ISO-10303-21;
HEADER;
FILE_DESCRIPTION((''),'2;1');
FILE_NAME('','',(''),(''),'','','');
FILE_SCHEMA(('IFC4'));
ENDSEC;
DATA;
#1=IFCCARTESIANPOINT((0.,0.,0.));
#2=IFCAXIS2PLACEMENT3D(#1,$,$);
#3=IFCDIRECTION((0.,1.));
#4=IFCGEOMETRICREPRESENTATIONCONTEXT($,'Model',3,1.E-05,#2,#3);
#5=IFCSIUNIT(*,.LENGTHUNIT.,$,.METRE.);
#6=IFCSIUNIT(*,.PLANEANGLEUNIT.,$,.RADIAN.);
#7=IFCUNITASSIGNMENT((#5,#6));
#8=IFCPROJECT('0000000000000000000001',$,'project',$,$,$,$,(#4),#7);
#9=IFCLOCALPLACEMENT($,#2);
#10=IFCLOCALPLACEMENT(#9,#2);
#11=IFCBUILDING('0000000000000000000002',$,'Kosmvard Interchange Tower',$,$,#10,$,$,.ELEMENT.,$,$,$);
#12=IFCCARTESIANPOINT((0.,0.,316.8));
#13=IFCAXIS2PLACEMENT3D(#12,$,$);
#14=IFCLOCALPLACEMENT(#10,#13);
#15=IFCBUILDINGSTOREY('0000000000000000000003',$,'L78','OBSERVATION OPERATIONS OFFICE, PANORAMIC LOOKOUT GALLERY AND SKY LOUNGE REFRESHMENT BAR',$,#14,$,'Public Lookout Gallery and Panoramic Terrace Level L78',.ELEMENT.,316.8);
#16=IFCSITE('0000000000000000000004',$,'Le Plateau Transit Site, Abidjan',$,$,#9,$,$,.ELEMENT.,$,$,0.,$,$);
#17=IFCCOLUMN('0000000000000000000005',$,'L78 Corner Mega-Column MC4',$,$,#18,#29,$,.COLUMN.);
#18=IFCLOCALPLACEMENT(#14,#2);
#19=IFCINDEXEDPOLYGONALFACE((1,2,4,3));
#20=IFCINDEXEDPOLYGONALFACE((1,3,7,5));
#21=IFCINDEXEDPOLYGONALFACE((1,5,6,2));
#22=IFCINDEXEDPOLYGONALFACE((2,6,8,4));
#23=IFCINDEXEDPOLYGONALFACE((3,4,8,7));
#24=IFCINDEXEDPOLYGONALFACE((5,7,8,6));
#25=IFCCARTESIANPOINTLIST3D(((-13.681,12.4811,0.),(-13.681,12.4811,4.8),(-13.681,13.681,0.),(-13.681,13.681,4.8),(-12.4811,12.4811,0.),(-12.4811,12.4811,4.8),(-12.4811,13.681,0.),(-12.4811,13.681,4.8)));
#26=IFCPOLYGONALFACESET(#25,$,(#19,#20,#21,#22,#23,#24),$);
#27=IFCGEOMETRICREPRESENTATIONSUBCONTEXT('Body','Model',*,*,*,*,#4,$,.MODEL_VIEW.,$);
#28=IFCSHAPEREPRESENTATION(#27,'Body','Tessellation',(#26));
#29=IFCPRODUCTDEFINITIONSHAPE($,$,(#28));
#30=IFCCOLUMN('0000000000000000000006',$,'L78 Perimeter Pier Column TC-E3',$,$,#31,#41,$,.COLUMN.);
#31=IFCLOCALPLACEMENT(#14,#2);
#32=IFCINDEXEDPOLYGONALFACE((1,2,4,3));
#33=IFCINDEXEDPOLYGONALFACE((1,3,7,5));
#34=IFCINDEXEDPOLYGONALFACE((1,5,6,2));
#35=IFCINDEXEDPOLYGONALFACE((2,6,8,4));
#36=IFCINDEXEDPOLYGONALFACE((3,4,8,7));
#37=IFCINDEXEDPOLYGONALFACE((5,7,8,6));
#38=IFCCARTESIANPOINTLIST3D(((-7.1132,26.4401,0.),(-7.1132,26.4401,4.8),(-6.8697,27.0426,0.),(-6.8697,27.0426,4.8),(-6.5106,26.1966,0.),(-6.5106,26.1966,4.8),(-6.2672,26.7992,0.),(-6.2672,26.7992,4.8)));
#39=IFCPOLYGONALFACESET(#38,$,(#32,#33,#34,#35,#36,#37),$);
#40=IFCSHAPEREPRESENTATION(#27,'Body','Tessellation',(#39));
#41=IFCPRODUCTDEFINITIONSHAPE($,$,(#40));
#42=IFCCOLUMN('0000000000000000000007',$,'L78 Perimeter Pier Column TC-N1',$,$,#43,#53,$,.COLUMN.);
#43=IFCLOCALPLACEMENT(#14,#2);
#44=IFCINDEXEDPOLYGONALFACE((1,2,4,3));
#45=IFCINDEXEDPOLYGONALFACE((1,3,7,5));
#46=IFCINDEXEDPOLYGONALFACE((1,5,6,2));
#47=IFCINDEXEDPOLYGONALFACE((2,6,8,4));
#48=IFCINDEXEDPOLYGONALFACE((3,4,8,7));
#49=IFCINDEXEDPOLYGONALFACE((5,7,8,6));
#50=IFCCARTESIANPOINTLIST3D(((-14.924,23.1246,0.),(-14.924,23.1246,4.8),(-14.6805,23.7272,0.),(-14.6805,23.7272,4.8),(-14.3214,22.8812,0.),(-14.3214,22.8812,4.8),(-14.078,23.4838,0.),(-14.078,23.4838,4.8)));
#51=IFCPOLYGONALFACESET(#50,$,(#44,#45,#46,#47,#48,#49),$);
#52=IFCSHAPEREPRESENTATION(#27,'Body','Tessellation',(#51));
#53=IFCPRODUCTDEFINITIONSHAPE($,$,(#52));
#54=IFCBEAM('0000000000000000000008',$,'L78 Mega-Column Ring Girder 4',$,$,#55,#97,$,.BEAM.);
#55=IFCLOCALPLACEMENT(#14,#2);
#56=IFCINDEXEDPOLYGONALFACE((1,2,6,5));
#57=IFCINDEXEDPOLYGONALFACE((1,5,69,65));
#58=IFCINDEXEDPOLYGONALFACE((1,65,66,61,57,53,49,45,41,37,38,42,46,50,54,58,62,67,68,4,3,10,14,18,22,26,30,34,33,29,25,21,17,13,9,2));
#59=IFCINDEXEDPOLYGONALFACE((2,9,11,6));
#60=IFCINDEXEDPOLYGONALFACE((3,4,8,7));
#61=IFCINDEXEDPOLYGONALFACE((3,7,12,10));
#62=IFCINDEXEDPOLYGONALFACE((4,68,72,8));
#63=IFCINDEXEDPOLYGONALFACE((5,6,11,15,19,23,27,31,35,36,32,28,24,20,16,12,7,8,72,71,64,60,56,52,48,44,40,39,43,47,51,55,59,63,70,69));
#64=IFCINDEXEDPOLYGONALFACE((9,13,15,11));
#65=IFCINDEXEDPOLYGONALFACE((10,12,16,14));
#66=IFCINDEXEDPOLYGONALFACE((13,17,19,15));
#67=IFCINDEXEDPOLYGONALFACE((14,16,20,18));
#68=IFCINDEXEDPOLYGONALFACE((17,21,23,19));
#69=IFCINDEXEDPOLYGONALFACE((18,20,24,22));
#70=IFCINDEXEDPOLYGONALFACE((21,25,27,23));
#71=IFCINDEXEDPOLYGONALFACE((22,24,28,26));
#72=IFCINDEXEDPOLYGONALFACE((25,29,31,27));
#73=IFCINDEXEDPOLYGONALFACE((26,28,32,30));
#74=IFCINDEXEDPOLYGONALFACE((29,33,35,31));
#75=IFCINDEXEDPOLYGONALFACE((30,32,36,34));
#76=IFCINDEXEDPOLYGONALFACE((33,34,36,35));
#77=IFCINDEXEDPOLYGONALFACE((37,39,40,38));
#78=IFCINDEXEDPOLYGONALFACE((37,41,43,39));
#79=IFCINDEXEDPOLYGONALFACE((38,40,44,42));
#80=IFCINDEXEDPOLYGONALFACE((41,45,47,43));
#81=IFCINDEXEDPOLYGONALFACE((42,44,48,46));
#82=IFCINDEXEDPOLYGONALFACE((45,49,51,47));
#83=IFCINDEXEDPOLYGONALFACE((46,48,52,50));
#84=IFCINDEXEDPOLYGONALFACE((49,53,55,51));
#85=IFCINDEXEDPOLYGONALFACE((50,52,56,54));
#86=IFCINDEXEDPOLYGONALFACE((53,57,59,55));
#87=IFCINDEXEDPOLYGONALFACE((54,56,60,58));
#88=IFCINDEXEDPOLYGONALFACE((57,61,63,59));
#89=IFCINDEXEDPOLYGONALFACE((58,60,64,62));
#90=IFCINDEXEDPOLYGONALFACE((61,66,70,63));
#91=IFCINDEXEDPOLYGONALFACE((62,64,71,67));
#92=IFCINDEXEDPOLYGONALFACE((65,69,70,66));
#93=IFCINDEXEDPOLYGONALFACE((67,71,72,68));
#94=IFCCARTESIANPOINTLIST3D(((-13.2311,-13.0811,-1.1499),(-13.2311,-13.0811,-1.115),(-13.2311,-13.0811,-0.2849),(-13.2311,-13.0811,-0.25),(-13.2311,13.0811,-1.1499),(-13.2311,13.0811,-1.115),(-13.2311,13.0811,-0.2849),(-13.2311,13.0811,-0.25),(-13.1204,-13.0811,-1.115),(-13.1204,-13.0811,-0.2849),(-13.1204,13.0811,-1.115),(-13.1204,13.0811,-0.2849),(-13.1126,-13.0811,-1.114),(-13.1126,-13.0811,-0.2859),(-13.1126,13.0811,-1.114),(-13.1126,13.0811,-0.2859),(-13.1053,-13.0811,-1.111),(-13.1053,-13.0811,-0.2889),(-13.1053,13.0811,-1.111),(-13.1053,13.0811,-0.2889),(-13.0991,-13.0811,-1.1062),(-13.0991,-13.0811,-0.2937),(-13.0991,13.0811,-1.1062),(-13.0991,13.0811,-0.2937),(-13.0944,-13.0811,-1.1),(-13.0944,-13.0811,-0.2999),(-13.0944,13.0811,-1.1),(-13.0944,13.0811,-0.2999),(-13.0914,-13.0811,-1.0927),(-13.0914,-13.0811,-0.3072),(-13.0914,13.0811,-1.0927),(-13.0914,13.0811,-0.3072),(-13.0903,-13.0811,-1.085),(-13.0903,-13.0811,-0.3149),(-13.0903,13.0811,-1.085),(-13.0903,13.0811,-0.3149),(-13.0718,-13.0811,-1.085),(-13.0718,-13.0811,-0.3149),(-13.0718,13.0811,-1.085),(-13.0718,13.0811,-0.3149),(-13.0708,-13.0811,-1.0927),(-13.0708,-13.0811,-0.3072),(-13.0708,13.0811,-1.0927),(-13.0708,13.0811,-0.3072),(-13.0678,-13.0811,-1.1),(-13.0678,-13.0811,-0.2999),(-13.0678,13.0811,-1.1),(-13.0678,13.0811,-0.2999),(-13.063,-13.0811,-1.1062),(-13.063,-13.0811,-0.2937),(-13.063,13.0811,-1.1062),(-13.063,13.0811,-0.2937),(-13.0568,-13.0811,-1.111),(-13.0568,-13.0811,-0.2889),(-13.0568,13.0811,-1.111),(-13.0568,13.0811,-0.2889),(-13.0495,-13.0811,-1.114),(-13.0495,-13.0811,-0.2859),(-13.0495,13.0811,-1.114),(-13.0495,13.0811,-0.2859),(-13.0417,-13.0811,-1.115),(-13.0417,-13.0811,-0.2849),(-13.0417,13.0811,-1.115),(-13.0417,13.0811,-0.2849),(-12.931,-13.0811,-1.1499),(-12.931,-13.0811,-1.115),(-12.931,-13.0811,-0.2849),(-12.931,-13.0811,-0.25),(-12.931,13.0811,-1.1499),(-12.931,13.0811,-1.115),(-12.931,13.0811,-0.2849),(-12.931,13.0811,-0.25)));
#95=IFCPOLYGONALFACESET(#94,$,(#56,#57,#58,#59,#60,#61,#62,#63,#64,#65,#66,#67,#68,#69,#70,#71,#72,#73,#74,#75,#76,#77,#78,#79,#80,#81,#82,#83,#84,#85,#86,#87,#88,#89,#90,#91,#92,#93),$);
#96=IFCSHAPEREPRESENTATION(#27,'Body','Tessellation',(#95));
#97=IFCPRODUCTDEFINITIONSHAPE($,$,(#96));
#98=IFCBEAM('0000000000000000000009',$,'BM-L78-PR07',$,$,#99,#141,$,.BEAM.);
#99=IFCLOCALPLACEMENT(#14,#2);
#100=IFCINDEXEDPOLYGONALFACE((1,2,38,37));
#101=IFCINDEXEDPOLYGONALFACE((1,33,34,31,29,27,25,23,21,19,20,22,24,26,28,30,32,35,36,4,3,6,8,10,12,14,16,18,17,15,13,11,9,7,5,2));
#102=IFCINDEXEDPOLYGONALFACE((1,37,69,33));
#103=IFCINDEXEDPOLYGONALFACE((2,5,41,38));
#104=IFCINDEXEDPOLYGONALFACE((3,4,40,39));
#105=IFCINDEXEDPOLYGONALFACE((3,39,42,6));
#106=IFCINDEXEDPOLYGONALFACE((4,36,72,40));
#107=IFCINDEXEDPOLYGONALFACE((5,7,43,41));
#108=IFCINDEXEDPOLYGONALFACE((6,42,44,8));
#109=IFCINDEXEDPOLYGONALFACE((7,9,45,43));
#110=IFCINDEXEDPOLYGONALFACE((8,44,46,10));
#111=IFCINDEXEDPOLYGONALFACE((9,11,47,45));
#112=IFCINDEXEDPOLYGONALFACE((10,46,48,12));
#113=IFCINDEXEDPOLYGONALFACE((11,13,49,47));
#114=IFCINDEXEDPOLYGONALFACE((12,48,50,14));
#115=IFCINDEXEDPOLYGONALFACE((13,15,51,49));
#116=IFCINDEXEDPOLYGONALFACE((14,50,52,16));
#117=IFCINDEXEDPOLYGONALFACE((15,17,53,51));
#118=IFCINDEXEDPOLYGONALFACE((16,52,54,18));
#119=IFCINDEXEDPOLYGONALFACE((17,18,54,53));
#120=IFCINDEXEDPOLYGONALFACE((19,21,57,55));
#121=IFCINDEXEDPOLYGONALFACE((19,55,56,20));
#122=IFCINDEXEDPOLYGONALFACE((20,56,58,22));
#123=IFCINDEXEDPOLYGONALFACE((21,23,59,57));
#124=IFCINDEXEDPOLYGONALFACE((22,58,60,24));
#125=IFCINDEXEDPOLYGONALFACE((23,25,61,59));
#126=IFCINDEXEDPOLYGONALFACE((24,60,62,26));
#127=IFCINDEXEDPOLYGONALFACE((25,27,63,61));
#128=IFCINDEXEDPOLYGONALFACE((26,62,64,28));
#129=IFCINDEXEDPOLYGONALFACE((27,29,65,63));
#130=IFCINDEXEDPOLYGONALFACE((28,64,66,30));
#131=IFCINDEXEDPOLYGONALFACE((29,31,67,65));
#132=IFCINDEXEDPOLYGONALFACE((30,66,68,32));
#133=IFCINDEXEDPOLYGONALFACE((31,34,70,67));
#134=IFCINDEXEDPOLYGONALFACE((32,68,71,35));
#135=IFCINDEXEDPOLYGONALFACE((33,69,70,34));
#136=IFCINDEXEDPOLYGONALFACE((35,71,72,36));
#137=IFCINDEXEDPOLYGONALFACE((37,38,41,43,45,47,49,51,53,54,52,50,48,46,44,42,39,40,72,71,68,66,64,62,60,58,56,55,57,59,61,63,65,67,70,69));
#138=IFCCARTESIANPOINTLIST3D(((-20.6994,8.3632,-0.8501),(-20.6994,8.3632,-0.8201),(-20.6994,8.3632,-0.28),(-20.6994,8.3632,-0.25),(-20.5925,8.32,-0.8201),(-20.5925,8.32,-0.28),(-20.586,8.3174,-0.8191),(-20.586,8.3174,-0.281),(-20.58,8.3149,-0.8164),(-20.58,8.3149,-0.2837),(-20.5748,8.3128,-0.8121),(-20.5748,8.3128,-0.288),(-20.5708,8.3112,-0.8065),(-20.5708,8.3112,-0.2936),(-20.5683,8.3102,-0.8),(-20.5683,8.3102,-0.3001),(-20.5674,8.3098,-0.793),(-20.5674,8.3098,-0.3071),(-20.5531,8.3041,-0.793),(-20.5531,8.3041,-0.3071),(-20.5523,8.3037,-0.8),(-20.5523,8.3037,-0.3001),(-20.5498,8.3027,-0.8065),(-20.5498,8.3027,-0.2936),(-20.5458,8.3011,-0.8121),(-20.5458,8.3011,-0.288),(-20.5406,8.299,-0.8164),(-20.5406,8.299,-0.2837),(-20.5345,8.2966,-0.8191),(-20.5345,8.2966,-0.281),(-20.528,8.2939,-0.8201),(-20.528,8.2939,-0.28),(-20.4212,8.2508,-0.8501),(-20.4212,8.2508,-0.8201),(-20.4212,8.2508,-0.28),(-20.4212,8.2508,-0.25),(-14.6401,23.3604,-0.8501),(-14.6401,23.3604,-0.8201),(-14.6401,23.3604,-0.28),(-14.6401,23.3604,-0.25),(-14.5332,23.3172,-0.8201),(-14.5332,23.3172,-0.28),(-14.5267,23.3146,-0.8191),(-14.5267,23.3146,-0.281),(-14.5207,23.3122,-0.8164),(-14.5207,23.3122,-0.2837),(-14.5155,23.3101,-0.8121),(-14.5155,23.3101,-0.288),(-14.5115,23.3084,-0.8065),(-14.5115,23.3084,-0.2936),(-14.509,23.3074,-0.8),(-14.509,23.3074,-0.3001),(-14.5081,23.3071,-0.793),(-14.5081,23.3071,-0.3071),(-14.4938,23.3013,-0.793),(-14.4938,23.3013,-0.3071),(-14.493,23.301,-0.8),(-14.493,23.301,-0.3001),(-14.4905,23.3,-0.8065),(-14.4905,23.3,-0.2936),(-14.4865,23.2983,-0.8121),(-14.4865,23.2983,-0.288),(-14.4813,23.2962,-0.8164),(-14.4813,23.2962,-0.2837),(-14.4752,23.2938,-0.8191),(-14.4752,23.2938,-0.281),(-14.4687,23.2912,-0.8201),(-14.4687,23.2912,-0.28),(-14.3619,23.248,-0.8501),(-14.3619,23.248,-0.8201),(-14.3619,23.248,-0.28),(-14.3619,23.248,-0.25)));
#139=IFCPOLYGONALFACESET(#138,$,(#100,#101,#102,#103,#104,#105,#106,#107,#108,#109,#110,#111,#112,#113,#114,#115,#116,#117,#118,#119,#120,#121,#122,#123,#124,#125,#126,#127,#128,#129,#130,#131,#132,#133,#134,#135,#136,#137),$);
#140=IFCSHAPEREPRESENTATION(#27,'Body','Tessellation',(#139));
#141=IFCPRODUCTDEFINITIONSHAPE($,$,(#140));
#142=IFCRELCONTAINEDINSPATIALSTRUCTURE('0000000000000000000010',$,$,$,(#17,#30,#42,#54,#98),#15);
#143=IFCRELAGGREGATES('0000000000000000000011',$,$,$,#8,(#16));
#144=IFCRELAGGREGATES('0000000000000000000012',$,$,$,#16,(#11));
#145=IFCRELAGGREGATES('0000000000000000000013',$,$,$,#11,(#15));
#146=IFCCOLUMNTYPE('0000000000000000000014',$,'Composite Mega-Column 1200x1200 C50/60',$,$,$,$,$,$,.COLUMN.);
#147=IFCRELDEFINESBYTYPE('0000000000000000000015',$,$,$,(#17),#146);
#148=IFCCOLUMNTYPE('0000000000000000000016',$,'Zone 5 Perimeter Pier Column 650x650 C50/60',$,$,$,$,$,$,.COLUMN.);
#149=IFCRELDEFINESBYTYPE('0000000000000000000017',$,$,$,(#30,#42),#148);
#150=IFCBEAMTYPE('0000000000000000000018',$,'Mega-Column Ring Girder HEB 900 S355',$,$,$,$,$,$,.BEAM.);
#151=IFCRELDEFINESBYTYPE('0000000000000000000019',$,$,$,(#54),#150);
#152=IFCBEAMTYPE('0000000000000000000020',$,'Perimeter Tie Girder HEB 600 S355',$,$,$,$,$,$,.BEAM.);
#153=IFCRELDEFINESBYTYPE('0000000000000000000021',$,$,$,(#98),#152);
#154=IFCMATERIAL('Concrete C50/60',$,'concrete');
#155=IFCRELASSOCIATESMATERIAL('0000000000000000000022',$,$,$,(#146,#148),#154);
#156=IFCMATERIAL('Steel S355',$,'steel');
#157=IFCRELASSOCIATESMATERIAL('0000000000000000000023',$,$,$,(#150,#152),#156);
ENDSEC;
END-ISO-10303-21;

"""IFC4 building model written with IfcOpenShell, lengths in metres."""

from ifc_helpers import new_model, si_unit, direction, frame, origin, origin_2d, place, context, subcontext, project, spatial, rectangle, i_section, extrude, source, transform, mapped, material, material_profile, profile_set, type_object, element, save


model = new_model("IFC4")

# Units and contexts
model_context = context("Model", 3, precision=1e-05, world=origin(), true_north=direction((0.0, 1.0)))
body_context = subcontext(model_context, "Body", "Model", "MODEL_VIEW")
ifc_project = project(units=[si_unit("LENGTHUNIT", "METRE"), si_unit("PLANEANGLEUNIT", "RADIAN")], contexts=[model_context])

# Site, building, storey
site_placement = place(None, origin())
site = spatial("IfcSite", under=ifc_project, at=site_placement, Name="Le Plateau Transit Site, Abidjan", CompositionType="ELEMENT", RefElevation=0.0)
building_placement = place(site_placement, origin())
building = spatial("IfcBuilding", under=site, at=building_placement, Name="Kosmvard Interchange Tower", CompositionType="ELEMENT")
storey_placement = place(building_placement, frame((0.0, 0.0, 316.8)))
storey = spatial("IfcBuildingStorey", under=building, at=storey_placement, Name="L78", Description="OBSERVATION OPERATIONS OFFICE, PANORAMIC LOOKOUT GALLERY AND SKY LOUNGE REFRESHMENT BAR", LongName="Public Lookout Gallery and Panoramic Terrace Level L78", CompositionType="ELEMENT", Elevation=316.8)

# Columns
ifc_material_1 = material(Name="Concrete C50/60", Category="concrete")
ifc_material_profile_1 = material_profile(ifc_material_1, rectangle(XDim=1.2, YDim=1.2, at=origin_2d()), Name="MC 1200x1200")
ifc_profile_set_1 = profile_set([ifc_material_profile_1], Name="Concrete C50/60")
column_type_1 = type_object("IfcColumnType", Name="Composite Mega-Column 1200x1200 C50/60", PredefinedType="COLUMN", material=ifc_profile_set_1)
shared_shape_1 = source(origin(), body_context, "Body", "SweptSolid", [
    extrude(rectangle(XDim=1.2, YDim=1.2, at=origin_2d()), origin(), (0.0, 0.0, 1.0), 4.8),
])
column_placement = place(storey_placement, frame((-13.0811, 13.0811, 0.0), z_axis=(0.0, 0.0, 1.0), x_axis=(1.0, 0.0, 0.0)))
element("IfcColumn", 1, at=column_placement, inside=storey, type_object=column_type_1, Name="L78 Corner Mega-Column MC4", PredefinedType="COLUMN", context=body_context, shape_type="MappedRepresentation", body=[
    mapped(shared_shape_1, transform((0.0, 0.0, 0.0), scale=1.0)),
])
ifc_material_profile_2 = material_profile(ifc_material_1, rectangle(XDim=0.6499, YDim=0.6499, at=origin_2d()), Name="TC 650x650")
ifc_profile_set_2 = profile_set([ifc_material_profile_2], Name="Concrete C50/60")
column_type_2 = type_object("IfcColumnType", Name="Zone 5 Perimeter Pier Column 650x650 C50/60", PredefinedType="COLUMN", material=ifc_profile_set_2)
shared_shape_2 = source(origin(), body_context, "Body", "SweptSolid", [
    extrude(rectangle(XDim=0.6499, YDim=0.6499, at=origin_2d()), origin(), (0.0, 0.0, 1.0), 4.8),
])
for number, where, z_axis, x_axis, name in (
    (2, (-6.6902, 26.6196, 0.0), (0.0, 0.0, 1.0), (0.374607, 0.927184, 0.0), "L78 Perimeter Pier Column TC-E3"),
    (3, (-14.501, 23.3042, 0.0), (0.0, 0.0, 1.0), (0.374607, 0.927184, 0.0), "L78 Perimeter Pier Column TC-N1"),
):
    element("IfcColumn", number, at=place(storey_placement, frame(where, z_axis=z_axis, x_axis=x_axis)), inside=storey, type_object=column_type_2, Name=name, PredefinedType="COLUMN", context=body_context, shape_type="MappedRepresentation", body=[
        mapped(shared_shape_2, transform((0.0, 0.0, 0.0), scale=1.0)),
    ])

# Beams
ifc_material_2 = material(Name="Steel S355", Category="steel")
ifc_material_profile_3 = material_profile(ifc_material_2, i_section(OverallWidth=0.3, OverallDepth=0.8999, WebThickness=0.0186, FlangeThickness=0.0349, FilletRadius=0.03, at=origin_2d()), Name="HEB 900")
ifc_profile_set_3 = profile_set([ifc_material_profile_3], Name="Steel S355")
beam_type_1 = type_object("IfcBeamType", Name="Mega-Column Ring Girder HEB 900 S355", PredefinedType="BEAM", material=ifc_profile_set_3)
shared_shape_3 = source(origin(), body_context, "Body", "SweptSolid", [
    extrude(i_section(OverallWidth=0.3, OverallDepth=0.8999, WebThickness=0.0186, FlangeThickness=0.0349, FilletRadius=0.03, at=origin_2d()), origin(), (0.0, 0.0, 1.0), 26.1621),
])
beam_1_placement = place(storey_placement, frame((-13.0811, 13.0811, -0.7), z_axis=(0.0, -1.0, 0.0), x_axis=(1.0, 0.0, 0.0)))
element("IfcBeam", 4, at=beam_1_placement, inside=storey, type_object=beam_type_1, Name="L78 Mega-Column Ring Girder 4", PredefinedType="BEAM", context=body_context, shape_type="MappedRepresentation", body=[
    mapped(shared_shape_3, transform((0.0, 0.0, 0.0), scale=1.0)),
])
ifc_material_profile_4 = material_profile(ifc_material_2, i_section(OverallWidth=0.3, OverallDepth=0.6001, WebThickness=0.0154, FlangeThickness=0.03, FilletRadius=0.0271, at=origin_2d()), Name="HEB 600")
ifc_profile_set_4 = profile_set([ifc_material_profile_4], Name="Steel S355")
beam_type_2 = type_object("IfcBeamType", Name="Perimeter Tie Girder HEB 600 S355", PredefinedType="BEAM", material=ifc_profile_set_4)
shared_shape_4 = source(origin(), body_context, "Body", "SweptSolid", [
    extrude(i_section(OverallWidth=0.3, OverallDepth=0.6001, WebThickness=0.0154, FlangeThickness=0.03, FilletRadius=0.0271, at=origin_2d()), origin(), (0.0, 0.0, 1.0), 16.175),
])
beam_2_placement = place(storey_placement, frame((-14.501, 23.3042, -0.55), z_axis=(-0.374608, -0.927183, 0.0), x_axis=(0.927183, -0.374608, 0.0)))
element("IfcBeam", 5, at=beam_2_placement, inside=storey, type_object=beam_type_2, Name="BM-L78-PR07", PredefinedType="BEAM", context=body_context, shape_type="MappedRepresentation", body=[
    mapped(shared_shape_4, transform((0.0, 0.0, 0.0), scale=1.0)),
])

save(model, "model.ifc")
